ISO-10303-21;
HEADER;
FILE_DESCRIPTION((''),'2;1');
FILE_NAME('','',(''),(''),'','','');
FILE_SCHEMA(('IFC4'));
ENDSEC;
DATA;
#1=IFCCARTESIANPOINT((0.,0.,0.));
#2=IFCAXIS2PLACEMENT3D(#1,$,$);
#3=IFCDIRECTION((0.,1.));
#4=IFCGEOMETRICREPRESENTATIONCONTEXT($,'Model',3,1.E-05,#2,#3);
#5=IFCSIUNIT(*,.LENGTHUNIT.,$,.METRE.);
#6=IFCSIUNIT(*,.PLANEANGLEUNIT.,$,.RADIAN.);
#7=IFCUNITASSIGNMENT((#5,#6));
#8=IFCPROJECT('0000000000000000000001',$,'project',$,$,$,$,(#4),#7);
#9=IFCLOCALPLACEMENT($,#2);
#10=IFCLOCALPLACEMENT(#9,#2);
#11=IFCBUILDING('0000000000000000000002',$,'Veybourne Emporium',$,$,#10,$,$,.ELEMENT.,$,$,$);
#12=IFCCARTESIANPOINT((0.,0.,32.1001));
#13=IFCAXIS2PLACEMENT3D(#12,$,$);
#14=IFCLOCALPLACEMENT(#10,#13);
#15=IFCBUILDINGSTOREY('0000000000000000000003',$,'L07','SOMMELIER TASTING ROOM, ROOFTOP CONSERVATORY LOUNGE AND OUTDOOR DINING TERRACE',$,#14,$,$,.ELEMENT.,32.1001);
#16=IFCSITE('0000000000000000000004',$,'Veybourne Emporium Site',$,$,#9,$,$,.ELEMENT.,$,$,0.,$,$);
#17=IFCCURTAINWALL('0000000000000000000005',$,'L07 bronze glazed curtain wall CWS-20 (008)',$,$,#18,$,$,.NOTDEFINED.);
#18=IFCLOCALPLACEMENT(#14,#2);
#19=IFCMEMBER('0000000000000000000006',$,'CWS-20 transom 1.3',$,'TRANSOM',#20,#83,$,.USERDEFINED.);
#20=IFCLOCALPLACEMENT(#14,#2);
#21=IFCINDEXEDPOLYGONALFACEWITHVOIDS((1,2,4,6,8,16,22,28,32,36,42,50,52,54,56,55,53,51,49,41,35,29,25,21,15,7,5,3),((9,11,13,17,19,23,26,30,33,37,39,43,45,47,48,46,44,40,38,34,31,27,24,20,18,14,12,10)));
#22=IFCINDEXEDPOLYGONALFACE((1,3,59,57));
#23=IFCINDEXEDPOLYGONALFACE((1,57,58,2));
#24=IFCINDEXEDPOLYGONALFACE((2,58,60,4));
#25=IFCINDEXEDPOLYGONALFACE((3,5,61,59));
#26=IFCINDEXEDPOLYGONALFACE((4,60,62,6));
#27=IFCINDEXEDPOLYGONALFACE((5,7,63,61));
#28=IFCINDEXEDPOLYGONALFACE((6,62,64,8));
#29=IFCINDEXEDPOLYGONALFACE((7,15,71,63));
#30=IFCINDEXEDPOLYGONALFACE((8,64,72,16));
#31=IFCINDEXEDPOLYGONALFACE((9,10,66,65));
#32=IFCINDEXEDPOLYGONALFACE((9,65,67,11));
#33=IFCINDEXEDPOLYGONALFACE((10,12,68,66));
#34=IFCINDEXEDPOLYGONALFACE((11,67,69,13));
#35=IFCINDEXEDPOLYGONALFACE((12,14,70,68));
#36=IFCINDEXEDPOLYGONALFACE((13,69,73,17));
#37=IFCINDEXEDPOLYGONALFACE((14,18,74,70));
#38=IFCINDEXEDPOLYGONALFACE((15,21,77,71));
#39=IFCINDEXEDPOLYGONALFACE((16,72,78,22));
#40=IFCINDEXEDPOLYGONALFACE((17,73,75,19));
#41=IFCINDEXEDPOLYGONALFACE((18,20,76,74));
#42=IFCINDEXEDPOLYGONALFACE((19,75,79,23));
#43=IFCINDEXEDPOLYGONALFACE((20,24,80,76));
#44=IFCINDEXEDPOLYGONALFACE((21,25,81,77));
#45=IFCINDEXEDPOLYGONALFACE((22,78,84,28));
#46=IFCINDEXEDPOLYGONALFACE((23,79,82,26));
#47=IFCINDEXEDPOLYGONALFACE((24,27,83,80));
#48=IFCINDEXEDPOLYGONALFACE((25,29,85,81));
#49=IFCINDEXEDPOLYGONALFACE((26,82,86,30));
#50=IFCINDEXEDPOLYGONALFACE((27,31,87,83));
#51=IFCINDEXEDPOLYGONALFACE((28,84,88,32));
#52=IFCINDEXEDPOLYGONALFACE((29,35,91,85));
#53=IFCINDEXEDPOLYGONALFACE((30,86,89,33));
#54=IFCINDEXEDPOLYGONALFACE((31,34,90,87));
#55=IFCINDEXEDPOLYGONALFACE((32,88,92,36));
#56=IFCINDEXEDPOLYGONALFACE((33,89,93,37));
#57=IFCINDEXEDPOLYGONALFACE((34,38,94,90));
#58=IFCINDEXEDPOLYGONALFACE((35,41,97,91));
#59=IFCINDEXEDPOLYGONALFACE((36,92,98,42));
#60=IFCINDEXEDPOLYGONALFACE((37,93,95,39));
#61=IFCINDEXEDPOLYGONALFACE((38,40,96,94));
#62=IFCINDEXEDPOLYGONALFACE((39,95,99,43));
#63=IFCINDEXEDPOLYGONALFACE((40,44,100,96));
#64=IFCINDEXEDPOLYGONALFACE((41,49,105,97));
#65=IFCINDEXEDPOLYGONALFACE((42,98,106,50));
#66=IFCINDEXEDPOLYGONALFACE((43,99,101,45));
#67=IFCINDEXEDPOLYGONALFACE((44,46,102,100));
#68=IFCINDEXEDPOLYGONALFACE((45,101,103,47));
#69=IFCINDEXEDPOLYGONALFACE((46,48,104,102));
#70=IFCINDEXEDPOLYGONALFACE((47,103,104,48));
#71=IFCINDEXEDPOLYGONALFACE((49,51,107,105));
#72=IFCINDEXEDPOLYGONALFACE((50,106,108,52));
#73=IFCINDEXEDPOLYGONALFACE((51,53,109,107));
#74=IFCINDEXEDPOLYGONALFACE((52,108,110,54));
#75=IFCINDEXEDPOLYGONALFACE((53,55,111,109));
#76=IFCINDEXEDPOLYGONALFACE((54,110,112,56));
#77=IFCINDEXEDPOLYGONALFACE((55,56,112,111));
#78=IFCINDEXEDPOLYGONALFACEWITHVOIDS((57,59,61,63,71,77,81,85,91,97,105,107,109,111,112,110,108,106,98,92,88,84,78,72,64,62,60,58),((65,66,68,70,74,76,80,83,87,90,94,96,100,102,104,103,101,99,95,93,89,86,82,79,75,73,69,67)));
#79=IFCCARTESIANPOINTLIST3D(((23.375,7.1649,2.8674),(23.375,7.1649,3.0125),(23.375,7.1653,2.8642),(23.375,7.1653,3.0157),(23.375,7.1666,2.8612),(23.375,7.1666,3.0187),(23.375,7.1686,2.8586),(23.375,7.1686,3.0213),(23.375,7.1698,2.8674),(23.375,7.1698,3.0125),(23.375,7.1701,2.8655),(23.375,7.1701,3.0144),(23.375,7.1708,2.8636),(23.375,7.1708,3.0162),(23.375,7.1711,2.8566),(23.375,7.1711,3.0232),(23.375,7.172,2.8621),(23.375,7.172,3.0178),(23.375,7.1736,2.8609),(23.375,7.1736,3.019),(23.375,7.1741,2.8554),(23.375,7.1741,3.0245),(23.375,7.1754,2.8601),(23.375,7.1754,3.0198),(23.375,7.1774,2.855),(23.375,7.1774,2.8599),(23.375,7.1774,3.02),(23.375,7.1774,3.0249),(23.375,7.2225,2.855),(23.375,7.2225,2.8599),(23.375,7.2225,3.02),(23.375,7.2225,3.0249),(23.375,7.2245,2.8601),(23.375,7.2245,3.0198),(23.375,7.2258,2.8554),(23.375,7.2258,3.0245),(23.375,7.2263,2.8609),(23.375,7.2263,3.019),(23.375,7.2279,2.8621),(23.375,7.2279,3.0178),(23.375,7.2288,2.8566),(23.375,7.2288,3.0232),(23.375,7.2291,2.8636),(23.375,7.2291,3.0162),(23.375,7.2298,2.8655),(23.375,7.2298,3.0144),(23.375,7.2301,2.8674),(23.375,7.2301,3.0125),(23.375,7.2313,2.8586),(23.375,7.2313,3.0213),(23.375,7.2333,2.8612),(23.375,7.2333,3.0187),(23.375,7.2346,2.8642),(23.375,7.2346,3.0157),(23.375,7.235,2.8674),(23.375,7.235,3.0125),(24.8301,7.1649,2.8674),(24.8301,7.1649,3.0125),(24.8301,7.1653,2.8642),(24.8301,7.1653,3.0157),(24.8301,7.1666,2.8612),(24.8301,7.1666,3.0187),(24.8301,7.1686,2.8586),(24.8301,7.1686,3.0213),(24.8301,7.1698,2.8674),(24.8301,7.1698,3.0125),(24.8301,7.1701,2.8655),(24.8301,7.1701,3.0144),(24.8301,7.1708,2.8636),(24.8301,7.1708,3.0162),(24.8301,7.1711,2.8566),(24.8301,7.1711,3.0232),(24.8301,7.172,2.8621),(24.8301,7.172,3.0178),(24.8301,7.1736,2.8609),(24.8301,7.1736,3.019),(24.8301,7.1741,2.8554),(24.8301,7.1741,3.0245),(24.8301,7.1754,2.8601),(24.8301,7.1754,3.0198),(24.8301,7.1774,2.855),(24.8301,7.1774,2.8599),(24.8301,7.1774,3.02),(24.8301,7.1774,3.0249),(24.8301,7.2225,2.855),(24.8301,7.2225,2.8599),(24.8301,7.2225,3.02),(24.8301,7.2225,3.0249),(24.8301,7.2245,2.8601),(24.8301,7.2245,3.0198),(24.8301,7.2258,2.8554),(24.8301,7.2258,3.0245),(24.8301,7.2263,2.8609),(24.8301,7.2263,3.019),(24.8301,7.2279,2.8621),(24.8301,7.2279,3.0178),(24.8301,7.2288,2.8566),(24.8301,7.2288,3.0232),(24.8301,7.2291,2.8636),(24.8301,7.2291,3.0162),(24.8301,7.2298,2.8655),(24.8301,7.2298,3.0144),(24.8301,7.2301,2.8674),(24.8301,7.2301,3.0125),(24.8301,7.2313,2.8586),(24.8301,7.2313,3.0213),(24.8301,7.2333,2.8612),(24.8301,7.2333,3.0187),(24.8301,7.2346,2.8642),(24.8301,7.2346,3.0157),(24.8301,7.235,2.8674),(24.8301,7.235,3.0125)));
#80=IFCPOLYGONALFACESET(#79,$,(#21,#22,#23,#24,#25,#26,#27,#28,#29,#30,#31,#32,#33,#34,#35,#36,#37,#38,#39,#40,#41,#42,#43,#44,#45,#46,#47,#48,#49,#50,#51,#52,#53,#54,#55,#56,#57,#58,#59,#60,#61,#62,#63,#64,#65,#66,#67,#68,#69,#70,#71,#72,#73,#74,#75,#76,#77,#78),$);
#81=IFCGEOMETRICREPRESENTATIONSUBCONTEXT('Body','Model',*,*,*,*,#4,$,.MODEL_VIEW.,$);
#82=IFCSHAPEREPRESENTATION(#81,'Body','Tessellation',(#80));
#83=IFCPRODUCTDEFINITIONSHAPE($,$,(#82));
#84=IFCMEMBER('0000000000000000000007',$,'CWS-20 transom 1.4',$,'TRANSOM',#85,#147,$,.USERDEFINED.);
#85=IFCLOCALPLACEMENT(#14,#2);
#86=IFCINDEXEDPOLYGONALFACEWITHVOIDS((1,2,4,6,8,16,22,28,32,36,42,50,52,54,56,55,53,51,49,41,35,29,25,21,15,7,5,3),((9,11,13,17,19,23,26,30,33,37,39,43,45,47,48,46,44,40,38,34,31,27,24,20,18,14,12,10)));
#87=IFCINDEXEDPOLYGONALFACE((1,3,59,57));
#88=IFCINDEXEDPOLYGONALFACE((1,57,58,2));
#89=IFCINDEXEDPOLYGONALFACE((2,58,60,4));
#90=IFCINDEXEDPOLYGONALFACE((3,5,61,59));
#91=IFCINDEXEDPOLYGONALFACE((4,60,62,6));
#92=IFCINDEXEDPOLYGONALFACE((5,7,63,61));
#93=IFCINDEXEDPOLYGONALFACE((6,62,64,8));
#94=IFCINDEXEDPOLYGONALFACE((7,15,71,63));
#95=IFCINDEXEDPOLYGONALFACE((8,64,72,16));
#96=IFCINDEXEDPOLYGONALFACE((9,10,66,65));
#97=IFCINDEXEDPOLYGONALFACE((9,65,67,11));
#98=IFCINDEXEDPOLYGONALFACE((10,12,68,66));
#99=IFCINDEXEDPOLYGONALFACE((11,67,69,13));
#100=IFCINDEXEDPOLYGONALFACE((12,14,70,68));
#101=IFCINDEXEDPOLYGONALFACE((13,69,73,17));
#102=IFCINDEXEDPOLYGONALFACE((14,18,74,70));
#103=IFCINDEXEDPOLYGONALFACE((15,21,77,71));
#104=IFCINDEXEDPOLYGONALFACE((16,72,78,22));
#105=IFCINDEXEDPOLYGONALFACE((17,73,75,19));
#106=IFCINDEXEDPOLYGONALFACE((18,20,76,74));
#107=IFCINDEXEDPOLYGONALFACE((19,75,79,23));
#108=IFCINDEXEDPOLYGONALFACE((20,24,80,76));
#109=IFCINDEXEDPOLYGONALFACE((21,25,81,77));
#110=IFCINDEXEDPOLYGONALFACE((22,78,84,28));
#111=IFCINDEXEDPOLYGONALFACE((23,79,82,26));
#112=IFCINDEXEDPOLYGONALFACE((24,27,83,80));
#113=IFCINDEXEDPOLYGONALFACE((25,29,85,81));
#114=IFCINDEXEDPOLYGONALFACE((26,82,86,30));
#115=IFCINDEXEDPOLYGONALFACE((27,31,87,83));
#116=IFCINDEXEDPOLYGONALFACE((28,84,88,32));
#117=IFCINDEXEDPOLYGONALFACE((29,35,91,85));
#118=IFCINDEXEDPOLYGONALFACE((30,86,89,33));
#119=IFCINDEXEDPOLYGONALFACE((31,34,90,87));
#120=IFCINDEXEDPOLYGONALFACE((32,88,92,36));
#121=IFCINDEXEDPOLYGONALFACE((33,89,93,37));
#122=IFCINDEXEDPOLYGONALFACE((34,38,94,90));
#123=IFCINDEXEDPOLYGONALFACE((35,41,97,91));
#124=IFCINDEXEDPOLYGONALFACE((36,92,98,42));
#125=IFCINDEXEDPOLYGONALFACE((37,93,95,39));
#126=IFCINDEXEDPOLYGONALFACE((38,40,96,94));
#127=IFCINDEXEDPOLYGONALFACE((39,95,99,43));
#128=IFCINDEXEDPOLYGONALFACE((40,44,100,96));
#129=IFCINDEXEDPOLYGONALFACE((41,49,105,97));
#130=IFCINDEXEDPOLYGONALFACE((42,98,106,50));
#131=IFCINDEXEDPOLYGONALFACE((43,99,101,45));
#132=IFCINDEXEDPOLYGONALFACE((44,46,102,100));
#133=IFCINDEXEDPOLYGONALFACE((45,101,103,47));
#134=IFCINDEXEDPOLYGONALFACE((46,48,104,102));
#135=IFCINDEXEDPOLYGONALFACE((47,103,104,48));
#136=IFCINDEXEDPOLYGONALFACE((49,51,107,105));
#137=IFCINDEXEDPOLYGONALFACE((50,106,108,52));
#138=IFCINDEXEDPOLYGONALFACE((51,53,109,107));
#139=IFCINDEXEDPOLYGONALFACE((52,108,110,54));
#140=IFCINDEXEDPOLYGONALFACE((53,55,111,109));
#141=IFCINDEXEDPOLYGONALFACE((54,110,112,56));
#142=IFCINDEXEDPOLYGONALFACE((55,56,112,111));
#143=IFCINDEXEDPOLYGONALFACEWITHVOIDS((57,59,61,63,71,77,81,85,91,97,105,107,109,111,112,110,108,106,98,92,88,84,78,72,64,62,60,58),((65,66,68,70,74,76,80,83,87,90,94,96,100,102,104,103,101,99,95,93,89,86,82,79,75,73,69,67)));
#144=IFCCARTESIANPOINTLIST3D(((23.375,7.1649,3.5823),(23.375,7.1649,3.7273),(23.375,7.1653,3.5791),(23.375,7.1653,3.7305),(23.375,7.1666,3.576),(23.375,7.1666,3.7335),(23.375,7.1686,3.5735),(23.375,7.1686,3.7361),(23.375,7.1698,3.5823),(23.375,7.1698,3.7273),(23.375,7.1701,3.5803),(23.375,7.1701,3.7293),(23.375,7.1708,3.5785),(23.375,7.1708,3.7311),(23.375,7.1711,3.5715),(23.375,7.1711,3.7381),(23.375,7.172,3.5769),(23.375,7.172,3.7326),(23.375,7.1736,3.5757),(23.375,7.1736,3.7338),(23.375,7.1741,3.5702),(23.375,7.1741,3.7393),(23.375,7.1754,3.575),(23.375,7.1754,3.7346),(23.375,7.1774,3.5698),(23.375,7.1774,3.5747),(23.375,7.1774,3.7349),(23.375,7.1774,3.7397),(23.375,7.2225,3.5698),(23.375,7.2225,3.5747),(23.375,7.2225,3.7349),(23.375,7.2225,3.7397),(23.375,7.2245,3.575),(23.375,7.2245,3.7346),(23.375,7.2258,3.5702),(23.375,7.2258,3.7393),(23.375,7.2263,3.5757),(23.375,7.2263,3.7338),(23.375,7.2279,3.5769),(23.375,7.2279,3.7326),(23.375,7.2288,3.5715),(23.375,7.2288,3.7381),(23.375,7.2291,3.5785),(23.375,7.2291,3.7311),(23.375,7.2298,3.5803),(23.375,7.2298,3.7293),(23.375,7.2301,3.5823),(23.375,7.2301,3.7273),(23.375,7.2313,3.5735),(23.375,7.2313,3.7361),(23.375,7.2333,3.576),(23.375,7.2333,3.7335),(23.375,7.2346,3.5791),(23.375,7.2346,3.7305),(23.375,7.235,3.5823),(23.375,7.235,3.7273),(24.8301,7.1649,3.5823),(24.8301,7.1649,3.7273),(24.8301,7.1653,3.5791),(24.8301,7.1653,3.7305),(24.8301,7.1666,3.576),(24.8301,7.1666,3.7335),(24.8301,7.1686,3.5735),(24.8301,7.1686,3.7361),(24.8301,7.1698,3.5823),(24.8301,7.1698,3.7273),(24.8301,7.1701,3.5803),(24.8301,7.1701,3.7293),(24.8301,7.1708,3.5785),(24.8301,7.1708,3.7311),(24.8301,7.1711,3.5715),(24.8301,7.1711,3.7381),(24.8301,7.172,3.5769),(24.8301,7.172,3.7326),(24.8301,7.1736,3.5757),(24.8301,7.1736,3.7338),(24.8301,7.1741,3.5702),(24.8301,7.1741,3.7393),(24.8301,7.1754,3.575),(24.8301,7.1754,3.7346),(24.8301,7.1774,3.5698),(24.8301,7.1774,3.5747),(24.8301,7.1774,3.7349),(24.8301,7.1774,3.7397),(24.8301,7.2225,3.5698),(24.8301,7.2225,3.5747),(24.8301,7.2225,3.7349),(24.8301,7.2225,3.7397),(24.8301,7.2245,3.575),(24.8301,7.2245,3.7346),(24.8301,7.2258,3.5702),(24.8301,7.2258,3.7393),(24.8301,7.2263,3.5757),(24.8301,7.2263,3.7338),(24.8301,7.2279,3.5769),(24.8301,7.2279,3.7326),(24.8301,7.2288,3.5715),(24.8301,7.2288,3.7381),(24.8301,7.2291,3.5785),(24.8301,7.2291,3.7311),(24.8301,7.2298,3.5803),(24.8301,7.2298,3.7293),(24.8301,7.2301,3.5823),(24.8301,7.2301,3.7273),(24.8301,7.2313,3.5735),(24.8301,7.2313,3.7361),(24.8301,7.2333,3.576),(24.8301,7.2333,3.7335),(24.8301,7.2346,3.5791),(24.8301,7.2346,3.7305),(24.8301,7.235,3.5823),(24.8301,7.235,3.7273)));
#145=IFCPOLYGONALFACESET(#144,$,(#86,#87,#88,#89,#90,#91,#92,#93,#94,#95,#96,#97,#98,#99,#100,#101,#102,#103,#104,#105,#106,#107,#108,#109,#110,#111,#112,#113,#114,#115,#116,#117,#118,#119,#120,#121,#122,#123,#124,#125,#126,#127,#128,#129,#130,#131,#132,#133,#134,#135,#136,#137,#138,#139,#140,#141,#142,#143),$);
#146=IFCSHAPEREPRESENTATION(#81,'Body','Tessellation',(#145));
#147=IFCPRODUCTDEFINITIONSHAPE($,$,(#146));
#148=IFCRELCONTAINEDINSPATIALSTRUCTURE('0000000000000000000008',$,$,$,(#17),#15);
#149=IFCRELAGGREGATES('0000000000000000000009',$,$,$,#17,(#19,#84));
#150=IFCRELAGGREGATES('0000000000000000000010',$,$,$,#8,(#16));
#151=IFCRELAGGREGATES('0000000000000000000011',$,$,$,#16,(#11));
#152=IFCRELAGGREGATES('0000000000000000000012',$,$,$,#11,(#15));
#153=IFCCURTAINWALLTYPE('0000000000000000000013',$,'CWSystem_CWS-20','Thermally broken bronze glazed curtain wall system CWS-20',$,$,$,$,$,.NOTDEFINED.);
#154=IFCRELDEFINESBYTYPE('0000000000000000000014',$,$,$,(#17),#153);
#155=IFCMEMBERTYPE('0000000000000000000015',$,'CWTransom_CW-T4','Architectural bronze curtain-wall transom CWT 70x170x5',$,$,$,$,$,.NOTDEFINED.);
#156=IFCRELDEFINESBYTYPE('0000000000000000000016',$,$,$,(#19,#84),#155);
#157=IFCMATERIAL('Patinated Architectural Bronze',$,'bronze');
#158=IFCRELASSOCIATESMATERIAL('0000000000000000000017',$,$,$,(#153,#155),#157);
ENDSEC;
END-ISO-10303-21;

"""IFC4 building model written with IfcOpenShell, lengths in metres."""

from ifc_helpers import new_model, si_unit, direction, frame, origin, origin_2d, place, context, subcontext, project, spatial, hollow_rectangle, extrude, material, material_profile, profile_set, type_object, element, aggregate, save


model = new_model("IFC4")

# Units and contexts
model_context = context("Model", 3, precision=1e-05, world=origin(), true_north=direction((0.0, 1.0)))
body_context = subcontext(model_context, "Body", "Model", "MODEL_VIEW")
ifc_project = project(units=[si_unit("LENGTHUNIT", "METRE"), si_unit("PLANEANGLEUNIT", "RADIAN")], contexts=[model_context])

# Site, building, storey
site_placement = place(None, origin())
site = spatial("IfcSite", under=ifc_project, at=site_placement, Name="Veybourne Emporium Site", CompositionType="ELEMENT", RefElevation=0.0)
building_placement = place(site_placement, origin())
building = spatial("IfcBuilding", under=site, at=building_placement, Name="Veybourne Emporium", CompositionType="ELEMENT")
storey_placement = place(building_placement, frame((0.0, 0.0, 32.1001)))
storey = spatial("IfcBuildingStorey", under=building, at=storey_placement, Name="L07", Description="SOMMELIER TASTING ROOM, ROOFTOP CONSERVATORY LOUNGE AND OUTDOOR DINING TERRACE", CompositionType="ELEMENT", Elevation=32.1001)

# Curtain wall, members
ifc_material_1 = material(Name="Patinated Architectural Bronze", Category="bronze")
curtain_wall_type = type_object("IfcCurtainWallType", Name="CWSystem_CWS-20", Description="Thermally broken bronze glazed curtain wall system CWS-20", PredefinedType="NOTDEFINED", material=ifc_material_1)
curtain_wall_placement = place(storey_placement, origin())
curtain_wall = element("IfcCurtainWall", 1, at=curtain_wall_placement, inside=storey, type_object=curtain_wall_type, Name="L07 bronze glazed curtain wall CWS-20 (008)", PredefinedType="NOTDEFINED")
ifc_material_profile_1 = material_profile(ifc_material_1, hollow_rectangle(XDim=0.0701, YDim=0.1699, WallThickness=0.0049, InnerFilletRadius=0.0076, OuterFilletRadius=0.0125, at=origin_2d()), Name="CWT 70x170x5")
ifc_profile_set_1 = profile_set([ifc_material_profile_1], Name="Patinated Architectural Bronze")
member_type_1 = type_object("IfcMemberType", Name="CWTransom_CW-T4", Description="Architectural bronze curtain-wall transom CWT 70x170x5", PredefinedType="NOTDEFINED", material=ifc_profile_set_1)
member_1_placement = place(storey_placement, frame((24.8301, 7.2, 2.9399), z_axis=(-1.0, 0.0, 0.0), x_axis=(0.0, -1.0, 0.0)))
member_1 = element("IfcMember", 2, at=member_1_placement, type_object=member_type_1, Name="CWS-20 transom 1.3", ObjectType="TRANSOM", PredefinedType="USERDEFINED", context=body_context, shape_type="SweptSolid", body=[
    extrude(hollow_rectangle(XDim=0.0701, YDim=0.1699, WallThickness=0.0049, InnerFilletRadius=0.0076, OuterFilletRadius=0.0125, at=origin_2d()), origin(), (0.0, 0.0, 1.0), 1.4551),
])
member_2_placement = place(storey_placement, frame((24.8301, 7.2, 3.6548), z_axis=(-1.0, 0.0, 0.0), x_axis=(0.0, -1.0, 0.0)))
member_2 = element("IfcMember", 3, at=member_2_placement, type_object=member_type_1, Name="CWS-20 transom 1.4", ObjectType="TRANSOM", PredefinedType="USERDEFINED", context=body_context, shape_type="SweptSolid", body=[
    extrude(hollow_rectangle(XDim=0.0701, YDim=0.1699, WallThickness=0.0049, InnerFilletRadius=0.0076, OuterFilletRadius=0.0125, at=origin_2d()), origin(), (0.0, 0.0, 1.0), 1.4551),
])
aggregate(curtain_wall, [member_1, member_2])

save(model, "model.ifc")
